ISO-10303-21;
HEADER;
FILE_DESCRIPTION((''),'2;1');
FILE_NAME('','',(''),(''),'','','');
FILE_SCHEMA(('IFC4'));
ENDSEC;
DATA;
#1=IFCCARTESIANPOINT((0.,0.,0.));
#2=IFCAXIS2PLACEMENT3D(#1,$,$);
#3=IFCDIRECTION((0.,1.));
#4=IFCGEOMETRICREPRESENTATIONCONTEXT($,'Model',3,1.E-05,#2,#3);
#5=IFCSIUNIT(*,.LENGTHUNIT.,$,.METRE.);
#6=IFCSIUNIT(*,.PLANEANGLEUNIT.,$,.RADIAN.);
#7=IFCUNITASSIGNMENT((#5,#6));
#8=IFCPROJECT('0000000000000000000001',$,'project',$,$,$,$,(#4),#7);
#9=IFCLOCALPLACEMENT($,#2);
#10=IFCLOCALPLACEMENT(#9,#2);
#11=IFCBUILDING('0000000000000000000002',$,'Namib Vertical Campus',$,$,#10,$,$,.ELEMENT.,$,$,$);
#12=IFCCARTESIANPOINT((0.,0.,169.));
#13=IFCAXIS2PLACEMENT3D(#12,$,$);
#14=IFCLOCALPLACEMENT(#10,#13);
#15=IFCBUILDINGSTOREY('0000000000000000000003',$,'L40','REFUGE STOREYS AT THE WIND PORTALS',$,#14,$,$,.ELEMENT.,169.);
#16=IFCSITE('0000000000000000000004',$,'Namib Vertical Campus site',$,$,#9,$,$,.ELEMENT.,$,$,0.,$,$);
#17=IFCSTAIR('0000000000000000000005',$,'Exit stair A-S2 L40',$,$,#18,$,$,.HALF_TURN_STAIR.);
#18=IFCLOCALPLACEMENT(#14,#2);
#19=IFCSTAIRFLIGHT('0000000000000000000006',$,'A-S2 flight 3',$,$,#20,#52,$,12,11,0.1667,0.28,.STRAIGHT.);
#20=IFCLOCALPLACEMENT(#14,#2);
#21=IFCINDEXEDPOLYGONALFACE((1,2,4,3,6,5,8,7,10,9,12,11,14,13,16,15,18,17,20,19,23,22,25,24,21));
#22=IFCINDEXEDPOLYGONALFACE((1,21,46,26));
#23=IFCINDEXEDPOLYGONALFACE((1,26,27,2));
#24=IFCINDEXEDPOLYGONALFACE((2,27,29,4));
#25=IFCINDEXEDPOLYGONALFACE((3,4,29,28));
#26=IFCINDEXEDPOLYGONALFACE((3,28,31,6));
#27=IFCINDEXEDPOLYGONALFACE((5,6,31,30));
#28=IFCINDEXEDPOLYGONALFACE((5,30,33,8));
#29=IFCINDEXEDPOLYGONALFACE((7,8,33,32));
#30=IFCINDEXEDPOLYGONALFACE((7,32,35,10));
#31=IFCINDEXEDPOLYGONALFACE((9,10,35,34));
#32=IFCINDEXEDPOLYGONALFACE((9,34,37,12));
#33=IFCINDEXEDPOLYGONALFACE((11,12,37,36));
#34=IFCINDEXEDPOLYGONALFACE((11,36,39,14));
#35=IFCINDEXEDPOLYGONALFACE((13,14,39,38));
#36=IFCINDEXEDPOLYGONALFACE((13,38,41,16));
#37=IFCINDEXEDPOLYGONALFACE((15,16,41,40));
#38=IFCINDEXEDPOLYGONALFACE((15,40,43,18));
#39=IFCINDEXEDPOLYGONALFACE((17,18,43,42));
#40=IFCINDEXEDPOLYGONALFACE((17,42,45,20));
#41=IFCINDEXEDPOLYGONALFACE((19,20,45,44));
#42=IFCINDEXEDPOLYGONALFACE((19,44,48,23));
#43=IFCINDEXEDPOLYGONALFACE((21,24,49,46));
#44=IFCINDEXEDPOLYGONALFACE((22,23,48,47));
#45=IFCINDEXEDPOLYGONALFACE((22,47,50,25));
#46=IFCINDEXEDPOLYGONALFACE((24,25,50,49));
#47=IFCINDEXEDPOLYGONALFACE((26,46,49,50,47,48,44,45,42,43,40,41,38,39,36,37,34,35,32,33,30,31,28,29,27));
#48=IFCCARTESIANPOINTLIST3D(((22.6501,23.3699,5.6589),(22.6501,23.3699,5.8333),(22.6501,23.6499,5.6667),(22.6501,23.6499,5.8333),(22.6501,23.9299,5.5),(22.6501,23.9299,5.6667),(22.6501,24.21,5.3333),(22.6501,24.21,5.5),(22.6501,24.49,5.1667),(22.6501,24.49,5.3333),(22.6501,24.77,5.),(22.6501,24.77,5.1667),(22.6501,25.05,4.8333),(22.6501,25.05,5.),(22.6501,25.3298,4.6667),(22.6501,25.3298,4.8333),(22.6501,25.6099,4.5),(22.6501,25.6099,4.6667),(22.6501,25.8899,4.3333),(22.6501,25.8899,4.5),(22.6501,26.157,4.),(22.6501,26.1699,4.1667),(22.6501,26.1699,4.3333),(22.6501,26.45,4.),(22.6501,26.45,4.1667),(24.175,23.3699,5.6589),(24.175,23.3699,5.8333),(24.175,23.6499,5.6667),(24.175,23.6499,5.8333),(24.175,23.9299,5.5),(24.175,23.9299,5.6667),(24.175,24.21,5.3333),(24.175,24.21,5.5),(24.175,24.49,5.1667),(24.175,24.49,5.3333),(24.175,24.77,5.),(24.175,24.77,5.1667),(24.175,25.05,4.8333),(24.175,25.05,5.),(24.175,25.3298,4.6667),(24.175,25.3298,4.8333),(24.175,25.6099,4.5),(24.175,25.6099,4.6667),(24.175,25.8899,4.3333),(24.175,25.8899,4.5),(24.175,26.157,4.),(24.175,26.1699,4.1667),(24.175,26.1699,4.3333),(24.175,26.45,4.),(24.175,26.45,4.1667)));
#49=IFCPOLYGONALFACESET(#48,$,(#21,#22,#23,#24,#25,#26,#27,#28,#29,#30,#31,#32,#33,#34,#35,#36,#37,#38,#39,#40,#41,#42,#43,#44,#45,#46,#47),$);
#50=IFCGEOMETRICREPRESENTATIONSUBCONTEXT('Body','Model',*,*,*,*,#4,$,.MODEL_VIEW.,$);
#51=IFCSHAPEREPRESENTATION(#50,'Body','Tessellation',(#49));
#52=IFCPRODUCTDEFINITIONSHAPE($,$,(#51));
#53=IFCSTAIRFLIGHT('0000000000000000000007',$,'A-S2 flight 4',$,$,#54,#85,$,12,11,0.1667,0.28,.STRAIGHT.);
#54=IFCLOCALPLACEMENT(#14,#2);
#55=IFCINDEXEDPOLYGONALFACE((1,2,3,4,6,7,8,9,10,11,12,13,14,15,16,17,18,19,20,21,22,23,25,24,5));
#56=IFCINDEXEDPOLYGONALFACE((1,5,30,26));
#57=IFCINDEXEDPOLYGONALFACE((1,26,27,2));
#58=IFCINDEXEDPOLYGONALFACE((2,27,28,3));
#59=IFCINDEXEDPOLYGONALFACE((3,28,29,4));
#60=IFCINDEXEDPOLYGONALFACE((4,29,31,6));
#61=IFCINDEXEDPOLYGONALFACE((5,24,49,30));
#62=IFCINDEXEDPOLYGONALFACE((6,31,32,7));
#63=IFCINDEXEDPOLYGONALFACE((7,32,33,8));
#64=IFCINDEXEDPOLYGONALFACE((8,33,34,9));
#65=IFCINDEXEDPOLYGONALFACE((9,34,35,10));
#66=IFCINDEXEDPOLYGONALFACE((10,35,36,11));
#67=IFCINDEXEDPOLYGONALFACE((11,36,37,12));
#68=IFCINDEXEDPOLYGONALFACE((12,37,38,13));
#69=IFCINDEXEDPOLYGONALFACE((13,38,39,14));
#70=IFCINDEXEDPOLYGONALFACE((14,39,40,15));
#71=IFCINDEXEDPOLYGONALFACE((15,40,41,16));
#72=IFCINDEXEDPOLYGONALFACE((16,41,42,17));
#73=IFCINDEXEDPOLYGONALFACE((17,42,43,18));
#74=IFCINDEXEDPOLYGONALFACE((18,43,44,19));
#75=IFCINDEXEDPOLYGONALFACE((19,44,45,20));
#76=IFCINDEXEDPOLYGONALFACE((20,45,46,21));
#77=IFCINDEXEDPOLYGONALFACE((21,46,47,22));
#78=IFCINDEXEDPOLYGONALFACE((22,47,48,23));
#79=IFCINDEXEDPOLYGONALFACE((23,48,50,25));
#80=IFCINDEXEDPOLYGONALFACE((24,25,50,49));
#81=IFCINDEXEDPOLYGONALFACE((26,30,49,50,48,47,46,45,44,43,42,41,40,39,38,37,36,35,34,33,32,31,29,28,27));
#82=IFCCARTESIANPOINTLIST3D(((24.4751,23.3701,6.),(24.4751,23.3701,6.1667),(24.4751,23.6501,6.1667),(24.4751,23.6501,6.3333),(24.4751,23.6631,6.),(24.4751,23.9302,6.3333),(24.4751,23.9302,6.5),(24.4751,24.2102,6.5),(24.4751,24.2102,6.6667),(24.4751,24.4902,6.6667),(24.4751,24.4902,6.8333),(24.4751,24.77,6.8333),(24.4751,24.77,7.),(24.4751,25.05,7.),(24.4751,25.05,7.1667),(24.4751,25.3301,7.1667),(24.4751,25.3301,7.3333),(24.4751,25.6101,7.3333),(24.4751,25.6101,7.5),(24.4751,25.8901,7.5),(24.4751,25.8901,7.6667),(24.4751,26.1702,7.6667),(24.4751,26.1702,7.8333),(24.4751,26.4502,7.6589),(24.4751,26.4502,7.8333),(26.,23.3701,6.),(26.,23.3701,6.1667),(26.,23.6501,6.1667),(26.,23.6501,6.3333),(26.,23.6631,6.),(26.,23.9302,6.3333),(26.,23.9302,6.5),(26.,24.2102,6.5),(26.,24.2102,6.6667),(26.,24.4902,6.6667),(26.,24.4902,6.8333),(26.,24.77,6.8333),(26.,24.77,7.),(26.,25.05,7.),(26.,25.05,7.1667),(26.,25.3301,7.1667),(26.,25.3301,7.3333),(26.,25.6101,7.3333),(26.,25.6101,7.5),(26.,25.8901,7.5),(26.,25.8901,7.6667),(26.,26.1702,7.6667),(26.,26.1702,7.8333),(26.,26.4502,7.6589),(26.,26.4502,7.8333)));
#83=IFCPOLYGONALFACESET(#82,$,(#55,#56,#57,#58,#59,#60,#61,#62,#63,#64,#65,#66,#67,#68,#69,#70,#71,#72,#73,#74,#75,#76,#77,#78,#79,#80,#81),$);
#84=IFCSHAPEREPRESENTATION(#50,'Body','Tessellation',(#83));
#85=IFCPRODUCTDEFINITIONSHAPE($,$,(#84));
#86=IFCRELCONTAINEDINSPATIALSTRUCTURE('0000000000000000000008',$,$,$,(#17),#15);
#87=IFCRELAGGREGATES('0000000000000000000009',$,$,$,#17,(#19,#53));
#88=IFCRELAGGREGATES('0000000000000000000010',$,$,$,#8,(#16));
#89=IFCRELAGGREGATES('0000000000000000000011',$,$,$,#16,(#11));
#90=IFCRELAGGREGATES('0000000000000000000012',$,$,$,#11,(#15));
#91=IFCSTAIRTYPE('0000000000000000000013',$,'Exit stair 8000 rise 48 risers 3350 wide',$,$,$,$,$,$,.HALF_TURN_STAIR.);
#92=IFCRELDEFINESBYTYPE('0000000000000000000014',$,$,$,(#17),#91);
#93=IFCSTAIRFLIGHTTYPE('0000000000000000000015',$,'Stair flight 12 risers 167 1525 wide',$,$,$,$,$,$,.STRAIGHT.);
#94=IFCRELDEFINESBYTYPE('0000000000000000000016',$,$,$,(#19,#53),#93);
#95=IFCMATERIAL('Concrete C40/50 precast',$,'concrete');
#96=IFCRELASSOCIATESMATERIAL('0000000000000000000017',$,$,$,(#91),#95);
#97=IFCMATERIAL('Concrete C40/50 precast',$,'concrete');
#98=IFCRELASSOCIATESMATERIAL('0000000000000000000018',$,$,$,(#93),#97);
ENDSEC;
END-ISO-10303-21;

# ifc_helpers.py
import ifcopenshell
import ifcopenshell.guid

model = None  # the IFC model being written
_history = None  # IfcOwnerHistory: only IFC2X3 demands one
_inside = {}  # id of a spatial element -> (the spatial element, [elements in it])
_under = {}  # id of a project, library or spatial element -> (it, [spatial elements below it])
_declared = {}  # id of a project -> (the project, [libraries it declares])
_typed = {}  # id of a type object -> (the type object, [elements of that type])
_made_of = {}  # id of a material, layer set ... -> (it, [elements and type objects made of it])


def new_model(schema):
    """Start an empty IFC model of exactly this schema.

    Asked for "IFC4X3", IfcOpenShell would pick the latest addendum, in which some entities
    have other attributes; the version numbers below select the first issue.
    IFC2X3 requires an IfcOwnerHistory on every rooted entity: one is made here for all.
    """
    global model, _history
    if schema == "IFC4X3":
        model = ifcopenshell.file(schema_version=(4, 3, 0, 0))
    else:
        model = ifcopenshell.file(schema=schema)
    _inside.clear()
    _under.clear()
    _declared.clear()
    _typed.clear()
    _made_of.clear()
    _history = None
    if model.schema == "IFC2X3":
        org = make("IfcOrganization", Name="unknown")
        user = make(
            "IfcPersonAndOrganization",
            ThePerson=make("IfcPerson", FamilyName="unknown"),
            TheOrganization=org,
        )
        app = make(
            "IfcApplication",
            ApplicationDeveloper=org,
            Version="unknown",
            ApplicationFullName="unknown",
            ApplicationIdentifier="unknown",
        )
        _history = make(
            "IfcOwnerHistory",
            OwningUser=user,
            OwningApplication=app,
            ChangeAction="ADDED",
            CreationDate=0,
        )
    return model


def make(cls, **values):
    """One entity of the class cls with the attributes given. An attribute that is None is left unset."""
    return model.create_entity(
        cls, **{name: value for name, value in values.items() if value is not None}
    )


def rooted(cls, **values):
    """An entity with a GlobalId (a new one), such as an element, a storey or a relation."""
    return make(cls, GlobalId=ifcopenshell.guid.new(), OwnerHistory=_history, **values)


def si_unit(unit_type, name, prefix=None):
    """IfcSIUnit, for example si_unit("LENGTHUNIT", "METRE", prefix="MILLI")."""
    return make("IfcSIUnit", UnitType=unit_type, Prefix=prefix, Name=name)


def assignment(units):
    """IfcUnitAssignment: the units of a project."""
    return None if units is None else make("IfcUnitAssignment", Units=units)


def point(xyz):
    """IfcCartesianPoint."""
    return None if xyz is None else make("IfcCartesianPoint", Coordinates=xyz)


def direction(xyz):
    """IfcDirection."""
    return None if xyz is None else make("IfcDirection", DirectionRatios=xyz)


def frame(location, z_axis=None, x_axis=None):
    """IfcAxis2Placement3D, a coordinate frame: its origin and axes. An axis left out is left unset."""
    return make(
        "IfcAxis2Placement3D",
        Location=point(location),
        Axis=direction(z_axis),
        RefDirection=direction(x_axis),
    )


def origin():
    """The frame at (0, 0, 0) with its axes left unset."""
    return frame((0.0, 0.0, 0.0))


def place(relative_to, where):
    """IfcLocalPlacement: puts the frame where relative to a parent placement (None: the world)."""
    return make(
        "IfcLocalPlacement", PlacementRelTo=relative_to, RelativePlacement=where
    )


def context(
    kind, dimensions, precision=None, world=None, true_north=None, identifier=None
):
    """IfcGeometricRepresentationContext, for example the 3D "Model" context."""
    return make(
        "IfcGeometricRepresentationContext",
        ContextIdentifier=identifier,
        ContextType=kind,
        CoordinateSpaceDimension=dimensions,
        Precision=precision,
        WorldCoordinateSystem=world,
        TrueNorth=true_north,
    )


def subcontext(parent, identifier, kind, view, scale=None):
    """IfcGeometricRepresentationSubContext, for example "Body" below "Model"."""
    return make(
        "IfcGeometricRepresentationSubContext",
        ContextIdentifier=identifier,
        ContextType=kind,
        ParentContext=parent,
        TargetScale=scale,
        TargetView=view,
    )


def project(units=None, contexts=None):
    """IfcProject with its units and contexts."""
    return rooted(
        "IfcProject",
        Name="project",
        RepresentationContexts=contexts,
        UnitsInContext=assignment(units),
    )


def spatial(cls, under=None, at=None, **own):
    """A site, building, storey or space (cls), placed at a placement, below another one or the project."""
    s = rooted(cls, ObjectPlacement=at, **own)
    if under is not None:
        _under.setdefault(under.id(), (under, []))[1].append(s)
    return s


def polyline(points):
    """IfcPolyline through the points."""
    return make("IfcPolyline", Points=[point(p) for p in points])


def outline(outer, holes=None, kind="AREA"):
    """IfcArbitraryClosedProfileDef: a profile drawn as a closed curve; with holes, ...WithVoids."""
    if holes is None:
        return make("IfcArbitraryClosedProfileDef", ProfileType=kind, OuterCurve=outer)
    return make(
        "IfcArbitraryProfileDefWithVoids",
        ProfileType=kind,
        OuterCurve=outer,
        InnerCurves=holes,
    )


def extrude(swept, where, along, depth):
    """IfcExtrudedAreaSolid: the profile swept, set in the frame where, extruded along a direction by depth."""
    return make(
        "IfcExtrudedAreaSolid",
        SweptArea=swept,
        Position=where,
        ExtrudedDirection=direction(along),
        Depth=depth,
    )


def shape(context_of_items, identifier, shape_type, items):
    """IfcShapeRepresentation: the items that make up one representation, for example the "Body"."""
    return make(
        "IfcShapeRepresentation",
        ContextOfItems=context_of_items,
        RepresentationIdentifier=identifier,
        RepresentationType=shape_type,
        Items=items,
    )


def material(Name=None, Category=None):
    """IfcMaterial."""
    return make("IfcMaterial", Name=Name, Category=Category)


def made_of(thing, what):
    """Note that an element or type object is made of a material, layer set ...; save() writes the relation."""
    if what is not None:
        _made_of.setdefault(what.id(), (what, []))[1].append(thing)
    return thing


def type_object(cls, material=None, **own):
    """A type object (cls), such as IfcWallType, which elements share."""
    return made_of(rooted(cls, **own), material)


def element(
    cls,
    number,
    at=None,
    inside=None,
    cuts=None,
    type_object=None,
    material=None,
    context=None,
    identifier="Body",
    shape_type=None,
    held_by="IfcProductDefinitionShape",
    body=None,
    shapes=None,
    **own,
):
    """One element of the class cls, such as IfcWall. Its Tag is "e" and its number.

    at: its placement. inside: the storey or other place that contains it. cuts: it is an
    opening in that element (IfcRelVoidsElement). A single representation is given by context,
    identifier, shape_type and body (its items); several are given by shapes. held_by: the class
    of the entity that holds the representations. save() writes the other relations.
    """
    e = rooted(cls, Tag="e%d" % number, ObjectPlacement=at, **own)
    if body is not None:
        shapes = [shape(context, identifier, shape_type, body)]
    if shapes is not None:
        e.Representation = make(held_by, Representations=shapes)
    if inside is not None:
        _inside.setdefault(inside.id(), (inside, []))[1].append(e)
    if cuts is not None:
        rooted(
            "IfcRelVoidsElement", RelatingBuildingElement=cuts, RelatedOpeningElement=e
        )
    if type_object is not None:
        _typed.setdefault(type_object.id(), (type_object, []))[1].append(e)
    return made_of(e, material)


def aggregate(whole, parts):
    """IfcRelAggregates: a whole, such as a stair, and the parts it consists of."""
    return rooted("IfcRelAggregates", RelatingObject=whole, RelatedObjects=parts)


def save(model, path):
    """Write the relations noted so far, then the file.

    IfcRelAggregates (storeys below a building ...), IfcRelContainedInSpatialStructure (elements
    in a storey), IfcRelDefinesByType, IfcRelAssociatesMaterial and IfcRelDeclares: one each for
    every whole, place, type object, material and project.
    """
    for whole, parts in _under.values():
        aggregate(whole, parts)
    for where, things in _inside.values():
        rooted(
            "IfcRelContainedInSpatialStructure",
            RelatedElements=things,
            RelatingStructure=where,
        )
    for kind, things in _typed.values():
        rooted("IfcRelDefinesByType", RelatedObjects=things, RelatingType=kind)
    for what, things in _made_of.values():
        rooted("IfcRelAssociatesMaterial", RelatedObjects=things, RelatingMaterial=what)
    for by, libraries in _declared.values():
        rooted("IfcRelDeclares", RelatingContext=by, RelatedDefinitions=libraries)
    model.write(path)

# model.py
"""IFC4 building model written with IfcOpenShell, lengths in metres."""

from ifc_helpers import new_model, si_unit, direction, frame, origin, place, context, subcontext, project, spatial, polyline, outline, extrude, material, type_object, element, aggregate, save


model = new_model("IFC4")

# Units and contexts
model_context = context("Model", 3, precision=1e-05, world=origin(), true_north=direction((0.0, 1.0)))
body_context = subcontext(model_context, "Body", "Model", "MODEL_VIEW")
ifc_project = project(units=[si_unit("LENGTHUNIT", "METRE"), si_unit("PLANEANGLEUNIT", "RADIAN")], contexts=[model_context])

# Site, building, storey
site_placement = place(None, origin())
site = spatial("IfcSite", under=ifc_project, at=site_placement, Name="Namib Vertical Campus site", CompositionType="ELEMENT", RefElevation=0.0)
building_placement = place(site_placement, origin())
building = spatial("IfcBuilding", under=site, at=building_placement, Name="Namib Vertical Campus", CompositionType="ELEMENT")
storey_placement = place(building_placement, frame((0.0, 0.0, 169.0)))
storey = spatial("IfcBuildingStorey", under=building, at=storey_placement, Name="L40", Description="REFUGE STOREYS AT THE WIND PORTALS", CompositionType="ELEMENT", Elevation=169.0)

# Stair, stair flights
ifc_material_1 = material(Name="Concrete C40/50 precast", Category="concrete")
stair_type = type_object("IfcStairType", Name="Exit stair 8000 rise 48 risers 3350 wide", PredefinedType="HALF_TURN_STAIR", material=ifc_material_1)
stair_placement = place(storey_placement, origin())
stair = element("IfcStair", 1, at=stair_placement, inside=storey, type_object=stair_type, Name="Exit stair A-S2 L40", PredefinedType="HALF_TURN_STAIR")
ifc_material_2 = material(Name="Concrete C40/50 precast", Category="concrete")
stair_flight_type = type_object("IfcStairFlightType", Name="Stair flight 12 risers 167 1525 wide", PredefinedType="STRAIGHT", material=ifc_material_2)
stair_flight_1_placement = place(storey_placement, frame((23.4126, 26.45, 4.0), z_axis=(0.0, 0.0, 1.0), x_axis=(0.0, -1.0, 0.0)))
stair_flight_1 = element("IfcStairFlight", 2, at=stair_flight_1_placement, type_object=stair_flight_type, Name="A-S2 flight 3", NumberOfRisers=12, NumberOfTreads=11, PredefinedType="STRAIGHT", RiserHeight=0.1667, TreadLength=0.28, context=body_context, shape_type="SweptSolid", body=[
    extrude(outline(polyline([(0.0, 0.0), (0.0, 0.1667), (0.28, 0.1667), (0.28, 0.3333), (0.5601, 0.3333), (0.5601, 0.5), (0.8401, 0.5), (0.8401, 0.6667), (1.1201, 0.6667), (1.1201, 0.8333), (1.3999, 0.8333), (1.3999, 1.0), (1.6799, 1.0), (1.6799, 1.1667), (1.96, 1.1667), (1.96, 1.3333), (2.24, 1.3333), (2.24, 1.5), (2.52, 1.5), (2.52, 1.6667), (2.8, 1.6667), (2.8, 1.8333), (3.0801, 1.8333), (3.0801, 2.0), (3.0801, 1.6589), (0.293, 0.0), (0.0, 0.0)])), frame((0.0, 0.7625, 0.0), z_axis=(0.0, -1.0, 0.0), x_axis=(1.0, 0.0, 0.0)), (0.0, 0.0, 1.0), 1.5249),
])
stair_flight_2_placement = place(storey_placement, frame((25.2375, 23.3701, 6.0), z_axis=(0.0, 0.0, 1.0), x_axis=(0.0, 1.0, 0.0)))
stair_flight_2 = element("IfcStairFlight", 3, at=stair_flight_2_placement, type_object=stair_flight_type, Name="A-S2 flight 4", NumberOfRisers=12, NumberOfTreads=11, PredefinedType="STRAIGHT", RiserHeight=0.1667, TreadLength=0.28, context=body_context, shape_type="SweptSolid", body=[
    extrude(outline(polyline([(0.0, 0.0), (0.0, 0.1667), (0.28, 0.1667), (0.28, 0.3333), (0.5601, 0.3333), (0.5601, 0.5), (0.8401, 0.5), (0.8401, 0.6667), (1.1201, 0.6667), (1.1201, 0.8333), (1.3999, 0.8333), (1.3999, 1.0), (1.6799, 1.0), (1.6799, 1.1667), (1.96, 1.1667), (1.96, 1.3333), (2.24, 1.3333), (2.24, 1.5), (2.52, 1.5), (2.52, 1.6667), (2.8, 1.6667), (2.8, 1.8333), (3.0801, 1.8333), (3.0801, 2.0), (3.0801, 1.6589), (0.293, 0.0), (0.0, 0.0)])), frame((0.0, 0.7625, 0.0), z_axis=(0.0, -1.0, 0.0), x_axis=(1.0, 0.0, 0.0)), (0.0, 0.0, 1.0), 1.5249),
])
aggregate(stair, [stair_flight_1, stair_flight_2])

save(model, "model.ifc")
